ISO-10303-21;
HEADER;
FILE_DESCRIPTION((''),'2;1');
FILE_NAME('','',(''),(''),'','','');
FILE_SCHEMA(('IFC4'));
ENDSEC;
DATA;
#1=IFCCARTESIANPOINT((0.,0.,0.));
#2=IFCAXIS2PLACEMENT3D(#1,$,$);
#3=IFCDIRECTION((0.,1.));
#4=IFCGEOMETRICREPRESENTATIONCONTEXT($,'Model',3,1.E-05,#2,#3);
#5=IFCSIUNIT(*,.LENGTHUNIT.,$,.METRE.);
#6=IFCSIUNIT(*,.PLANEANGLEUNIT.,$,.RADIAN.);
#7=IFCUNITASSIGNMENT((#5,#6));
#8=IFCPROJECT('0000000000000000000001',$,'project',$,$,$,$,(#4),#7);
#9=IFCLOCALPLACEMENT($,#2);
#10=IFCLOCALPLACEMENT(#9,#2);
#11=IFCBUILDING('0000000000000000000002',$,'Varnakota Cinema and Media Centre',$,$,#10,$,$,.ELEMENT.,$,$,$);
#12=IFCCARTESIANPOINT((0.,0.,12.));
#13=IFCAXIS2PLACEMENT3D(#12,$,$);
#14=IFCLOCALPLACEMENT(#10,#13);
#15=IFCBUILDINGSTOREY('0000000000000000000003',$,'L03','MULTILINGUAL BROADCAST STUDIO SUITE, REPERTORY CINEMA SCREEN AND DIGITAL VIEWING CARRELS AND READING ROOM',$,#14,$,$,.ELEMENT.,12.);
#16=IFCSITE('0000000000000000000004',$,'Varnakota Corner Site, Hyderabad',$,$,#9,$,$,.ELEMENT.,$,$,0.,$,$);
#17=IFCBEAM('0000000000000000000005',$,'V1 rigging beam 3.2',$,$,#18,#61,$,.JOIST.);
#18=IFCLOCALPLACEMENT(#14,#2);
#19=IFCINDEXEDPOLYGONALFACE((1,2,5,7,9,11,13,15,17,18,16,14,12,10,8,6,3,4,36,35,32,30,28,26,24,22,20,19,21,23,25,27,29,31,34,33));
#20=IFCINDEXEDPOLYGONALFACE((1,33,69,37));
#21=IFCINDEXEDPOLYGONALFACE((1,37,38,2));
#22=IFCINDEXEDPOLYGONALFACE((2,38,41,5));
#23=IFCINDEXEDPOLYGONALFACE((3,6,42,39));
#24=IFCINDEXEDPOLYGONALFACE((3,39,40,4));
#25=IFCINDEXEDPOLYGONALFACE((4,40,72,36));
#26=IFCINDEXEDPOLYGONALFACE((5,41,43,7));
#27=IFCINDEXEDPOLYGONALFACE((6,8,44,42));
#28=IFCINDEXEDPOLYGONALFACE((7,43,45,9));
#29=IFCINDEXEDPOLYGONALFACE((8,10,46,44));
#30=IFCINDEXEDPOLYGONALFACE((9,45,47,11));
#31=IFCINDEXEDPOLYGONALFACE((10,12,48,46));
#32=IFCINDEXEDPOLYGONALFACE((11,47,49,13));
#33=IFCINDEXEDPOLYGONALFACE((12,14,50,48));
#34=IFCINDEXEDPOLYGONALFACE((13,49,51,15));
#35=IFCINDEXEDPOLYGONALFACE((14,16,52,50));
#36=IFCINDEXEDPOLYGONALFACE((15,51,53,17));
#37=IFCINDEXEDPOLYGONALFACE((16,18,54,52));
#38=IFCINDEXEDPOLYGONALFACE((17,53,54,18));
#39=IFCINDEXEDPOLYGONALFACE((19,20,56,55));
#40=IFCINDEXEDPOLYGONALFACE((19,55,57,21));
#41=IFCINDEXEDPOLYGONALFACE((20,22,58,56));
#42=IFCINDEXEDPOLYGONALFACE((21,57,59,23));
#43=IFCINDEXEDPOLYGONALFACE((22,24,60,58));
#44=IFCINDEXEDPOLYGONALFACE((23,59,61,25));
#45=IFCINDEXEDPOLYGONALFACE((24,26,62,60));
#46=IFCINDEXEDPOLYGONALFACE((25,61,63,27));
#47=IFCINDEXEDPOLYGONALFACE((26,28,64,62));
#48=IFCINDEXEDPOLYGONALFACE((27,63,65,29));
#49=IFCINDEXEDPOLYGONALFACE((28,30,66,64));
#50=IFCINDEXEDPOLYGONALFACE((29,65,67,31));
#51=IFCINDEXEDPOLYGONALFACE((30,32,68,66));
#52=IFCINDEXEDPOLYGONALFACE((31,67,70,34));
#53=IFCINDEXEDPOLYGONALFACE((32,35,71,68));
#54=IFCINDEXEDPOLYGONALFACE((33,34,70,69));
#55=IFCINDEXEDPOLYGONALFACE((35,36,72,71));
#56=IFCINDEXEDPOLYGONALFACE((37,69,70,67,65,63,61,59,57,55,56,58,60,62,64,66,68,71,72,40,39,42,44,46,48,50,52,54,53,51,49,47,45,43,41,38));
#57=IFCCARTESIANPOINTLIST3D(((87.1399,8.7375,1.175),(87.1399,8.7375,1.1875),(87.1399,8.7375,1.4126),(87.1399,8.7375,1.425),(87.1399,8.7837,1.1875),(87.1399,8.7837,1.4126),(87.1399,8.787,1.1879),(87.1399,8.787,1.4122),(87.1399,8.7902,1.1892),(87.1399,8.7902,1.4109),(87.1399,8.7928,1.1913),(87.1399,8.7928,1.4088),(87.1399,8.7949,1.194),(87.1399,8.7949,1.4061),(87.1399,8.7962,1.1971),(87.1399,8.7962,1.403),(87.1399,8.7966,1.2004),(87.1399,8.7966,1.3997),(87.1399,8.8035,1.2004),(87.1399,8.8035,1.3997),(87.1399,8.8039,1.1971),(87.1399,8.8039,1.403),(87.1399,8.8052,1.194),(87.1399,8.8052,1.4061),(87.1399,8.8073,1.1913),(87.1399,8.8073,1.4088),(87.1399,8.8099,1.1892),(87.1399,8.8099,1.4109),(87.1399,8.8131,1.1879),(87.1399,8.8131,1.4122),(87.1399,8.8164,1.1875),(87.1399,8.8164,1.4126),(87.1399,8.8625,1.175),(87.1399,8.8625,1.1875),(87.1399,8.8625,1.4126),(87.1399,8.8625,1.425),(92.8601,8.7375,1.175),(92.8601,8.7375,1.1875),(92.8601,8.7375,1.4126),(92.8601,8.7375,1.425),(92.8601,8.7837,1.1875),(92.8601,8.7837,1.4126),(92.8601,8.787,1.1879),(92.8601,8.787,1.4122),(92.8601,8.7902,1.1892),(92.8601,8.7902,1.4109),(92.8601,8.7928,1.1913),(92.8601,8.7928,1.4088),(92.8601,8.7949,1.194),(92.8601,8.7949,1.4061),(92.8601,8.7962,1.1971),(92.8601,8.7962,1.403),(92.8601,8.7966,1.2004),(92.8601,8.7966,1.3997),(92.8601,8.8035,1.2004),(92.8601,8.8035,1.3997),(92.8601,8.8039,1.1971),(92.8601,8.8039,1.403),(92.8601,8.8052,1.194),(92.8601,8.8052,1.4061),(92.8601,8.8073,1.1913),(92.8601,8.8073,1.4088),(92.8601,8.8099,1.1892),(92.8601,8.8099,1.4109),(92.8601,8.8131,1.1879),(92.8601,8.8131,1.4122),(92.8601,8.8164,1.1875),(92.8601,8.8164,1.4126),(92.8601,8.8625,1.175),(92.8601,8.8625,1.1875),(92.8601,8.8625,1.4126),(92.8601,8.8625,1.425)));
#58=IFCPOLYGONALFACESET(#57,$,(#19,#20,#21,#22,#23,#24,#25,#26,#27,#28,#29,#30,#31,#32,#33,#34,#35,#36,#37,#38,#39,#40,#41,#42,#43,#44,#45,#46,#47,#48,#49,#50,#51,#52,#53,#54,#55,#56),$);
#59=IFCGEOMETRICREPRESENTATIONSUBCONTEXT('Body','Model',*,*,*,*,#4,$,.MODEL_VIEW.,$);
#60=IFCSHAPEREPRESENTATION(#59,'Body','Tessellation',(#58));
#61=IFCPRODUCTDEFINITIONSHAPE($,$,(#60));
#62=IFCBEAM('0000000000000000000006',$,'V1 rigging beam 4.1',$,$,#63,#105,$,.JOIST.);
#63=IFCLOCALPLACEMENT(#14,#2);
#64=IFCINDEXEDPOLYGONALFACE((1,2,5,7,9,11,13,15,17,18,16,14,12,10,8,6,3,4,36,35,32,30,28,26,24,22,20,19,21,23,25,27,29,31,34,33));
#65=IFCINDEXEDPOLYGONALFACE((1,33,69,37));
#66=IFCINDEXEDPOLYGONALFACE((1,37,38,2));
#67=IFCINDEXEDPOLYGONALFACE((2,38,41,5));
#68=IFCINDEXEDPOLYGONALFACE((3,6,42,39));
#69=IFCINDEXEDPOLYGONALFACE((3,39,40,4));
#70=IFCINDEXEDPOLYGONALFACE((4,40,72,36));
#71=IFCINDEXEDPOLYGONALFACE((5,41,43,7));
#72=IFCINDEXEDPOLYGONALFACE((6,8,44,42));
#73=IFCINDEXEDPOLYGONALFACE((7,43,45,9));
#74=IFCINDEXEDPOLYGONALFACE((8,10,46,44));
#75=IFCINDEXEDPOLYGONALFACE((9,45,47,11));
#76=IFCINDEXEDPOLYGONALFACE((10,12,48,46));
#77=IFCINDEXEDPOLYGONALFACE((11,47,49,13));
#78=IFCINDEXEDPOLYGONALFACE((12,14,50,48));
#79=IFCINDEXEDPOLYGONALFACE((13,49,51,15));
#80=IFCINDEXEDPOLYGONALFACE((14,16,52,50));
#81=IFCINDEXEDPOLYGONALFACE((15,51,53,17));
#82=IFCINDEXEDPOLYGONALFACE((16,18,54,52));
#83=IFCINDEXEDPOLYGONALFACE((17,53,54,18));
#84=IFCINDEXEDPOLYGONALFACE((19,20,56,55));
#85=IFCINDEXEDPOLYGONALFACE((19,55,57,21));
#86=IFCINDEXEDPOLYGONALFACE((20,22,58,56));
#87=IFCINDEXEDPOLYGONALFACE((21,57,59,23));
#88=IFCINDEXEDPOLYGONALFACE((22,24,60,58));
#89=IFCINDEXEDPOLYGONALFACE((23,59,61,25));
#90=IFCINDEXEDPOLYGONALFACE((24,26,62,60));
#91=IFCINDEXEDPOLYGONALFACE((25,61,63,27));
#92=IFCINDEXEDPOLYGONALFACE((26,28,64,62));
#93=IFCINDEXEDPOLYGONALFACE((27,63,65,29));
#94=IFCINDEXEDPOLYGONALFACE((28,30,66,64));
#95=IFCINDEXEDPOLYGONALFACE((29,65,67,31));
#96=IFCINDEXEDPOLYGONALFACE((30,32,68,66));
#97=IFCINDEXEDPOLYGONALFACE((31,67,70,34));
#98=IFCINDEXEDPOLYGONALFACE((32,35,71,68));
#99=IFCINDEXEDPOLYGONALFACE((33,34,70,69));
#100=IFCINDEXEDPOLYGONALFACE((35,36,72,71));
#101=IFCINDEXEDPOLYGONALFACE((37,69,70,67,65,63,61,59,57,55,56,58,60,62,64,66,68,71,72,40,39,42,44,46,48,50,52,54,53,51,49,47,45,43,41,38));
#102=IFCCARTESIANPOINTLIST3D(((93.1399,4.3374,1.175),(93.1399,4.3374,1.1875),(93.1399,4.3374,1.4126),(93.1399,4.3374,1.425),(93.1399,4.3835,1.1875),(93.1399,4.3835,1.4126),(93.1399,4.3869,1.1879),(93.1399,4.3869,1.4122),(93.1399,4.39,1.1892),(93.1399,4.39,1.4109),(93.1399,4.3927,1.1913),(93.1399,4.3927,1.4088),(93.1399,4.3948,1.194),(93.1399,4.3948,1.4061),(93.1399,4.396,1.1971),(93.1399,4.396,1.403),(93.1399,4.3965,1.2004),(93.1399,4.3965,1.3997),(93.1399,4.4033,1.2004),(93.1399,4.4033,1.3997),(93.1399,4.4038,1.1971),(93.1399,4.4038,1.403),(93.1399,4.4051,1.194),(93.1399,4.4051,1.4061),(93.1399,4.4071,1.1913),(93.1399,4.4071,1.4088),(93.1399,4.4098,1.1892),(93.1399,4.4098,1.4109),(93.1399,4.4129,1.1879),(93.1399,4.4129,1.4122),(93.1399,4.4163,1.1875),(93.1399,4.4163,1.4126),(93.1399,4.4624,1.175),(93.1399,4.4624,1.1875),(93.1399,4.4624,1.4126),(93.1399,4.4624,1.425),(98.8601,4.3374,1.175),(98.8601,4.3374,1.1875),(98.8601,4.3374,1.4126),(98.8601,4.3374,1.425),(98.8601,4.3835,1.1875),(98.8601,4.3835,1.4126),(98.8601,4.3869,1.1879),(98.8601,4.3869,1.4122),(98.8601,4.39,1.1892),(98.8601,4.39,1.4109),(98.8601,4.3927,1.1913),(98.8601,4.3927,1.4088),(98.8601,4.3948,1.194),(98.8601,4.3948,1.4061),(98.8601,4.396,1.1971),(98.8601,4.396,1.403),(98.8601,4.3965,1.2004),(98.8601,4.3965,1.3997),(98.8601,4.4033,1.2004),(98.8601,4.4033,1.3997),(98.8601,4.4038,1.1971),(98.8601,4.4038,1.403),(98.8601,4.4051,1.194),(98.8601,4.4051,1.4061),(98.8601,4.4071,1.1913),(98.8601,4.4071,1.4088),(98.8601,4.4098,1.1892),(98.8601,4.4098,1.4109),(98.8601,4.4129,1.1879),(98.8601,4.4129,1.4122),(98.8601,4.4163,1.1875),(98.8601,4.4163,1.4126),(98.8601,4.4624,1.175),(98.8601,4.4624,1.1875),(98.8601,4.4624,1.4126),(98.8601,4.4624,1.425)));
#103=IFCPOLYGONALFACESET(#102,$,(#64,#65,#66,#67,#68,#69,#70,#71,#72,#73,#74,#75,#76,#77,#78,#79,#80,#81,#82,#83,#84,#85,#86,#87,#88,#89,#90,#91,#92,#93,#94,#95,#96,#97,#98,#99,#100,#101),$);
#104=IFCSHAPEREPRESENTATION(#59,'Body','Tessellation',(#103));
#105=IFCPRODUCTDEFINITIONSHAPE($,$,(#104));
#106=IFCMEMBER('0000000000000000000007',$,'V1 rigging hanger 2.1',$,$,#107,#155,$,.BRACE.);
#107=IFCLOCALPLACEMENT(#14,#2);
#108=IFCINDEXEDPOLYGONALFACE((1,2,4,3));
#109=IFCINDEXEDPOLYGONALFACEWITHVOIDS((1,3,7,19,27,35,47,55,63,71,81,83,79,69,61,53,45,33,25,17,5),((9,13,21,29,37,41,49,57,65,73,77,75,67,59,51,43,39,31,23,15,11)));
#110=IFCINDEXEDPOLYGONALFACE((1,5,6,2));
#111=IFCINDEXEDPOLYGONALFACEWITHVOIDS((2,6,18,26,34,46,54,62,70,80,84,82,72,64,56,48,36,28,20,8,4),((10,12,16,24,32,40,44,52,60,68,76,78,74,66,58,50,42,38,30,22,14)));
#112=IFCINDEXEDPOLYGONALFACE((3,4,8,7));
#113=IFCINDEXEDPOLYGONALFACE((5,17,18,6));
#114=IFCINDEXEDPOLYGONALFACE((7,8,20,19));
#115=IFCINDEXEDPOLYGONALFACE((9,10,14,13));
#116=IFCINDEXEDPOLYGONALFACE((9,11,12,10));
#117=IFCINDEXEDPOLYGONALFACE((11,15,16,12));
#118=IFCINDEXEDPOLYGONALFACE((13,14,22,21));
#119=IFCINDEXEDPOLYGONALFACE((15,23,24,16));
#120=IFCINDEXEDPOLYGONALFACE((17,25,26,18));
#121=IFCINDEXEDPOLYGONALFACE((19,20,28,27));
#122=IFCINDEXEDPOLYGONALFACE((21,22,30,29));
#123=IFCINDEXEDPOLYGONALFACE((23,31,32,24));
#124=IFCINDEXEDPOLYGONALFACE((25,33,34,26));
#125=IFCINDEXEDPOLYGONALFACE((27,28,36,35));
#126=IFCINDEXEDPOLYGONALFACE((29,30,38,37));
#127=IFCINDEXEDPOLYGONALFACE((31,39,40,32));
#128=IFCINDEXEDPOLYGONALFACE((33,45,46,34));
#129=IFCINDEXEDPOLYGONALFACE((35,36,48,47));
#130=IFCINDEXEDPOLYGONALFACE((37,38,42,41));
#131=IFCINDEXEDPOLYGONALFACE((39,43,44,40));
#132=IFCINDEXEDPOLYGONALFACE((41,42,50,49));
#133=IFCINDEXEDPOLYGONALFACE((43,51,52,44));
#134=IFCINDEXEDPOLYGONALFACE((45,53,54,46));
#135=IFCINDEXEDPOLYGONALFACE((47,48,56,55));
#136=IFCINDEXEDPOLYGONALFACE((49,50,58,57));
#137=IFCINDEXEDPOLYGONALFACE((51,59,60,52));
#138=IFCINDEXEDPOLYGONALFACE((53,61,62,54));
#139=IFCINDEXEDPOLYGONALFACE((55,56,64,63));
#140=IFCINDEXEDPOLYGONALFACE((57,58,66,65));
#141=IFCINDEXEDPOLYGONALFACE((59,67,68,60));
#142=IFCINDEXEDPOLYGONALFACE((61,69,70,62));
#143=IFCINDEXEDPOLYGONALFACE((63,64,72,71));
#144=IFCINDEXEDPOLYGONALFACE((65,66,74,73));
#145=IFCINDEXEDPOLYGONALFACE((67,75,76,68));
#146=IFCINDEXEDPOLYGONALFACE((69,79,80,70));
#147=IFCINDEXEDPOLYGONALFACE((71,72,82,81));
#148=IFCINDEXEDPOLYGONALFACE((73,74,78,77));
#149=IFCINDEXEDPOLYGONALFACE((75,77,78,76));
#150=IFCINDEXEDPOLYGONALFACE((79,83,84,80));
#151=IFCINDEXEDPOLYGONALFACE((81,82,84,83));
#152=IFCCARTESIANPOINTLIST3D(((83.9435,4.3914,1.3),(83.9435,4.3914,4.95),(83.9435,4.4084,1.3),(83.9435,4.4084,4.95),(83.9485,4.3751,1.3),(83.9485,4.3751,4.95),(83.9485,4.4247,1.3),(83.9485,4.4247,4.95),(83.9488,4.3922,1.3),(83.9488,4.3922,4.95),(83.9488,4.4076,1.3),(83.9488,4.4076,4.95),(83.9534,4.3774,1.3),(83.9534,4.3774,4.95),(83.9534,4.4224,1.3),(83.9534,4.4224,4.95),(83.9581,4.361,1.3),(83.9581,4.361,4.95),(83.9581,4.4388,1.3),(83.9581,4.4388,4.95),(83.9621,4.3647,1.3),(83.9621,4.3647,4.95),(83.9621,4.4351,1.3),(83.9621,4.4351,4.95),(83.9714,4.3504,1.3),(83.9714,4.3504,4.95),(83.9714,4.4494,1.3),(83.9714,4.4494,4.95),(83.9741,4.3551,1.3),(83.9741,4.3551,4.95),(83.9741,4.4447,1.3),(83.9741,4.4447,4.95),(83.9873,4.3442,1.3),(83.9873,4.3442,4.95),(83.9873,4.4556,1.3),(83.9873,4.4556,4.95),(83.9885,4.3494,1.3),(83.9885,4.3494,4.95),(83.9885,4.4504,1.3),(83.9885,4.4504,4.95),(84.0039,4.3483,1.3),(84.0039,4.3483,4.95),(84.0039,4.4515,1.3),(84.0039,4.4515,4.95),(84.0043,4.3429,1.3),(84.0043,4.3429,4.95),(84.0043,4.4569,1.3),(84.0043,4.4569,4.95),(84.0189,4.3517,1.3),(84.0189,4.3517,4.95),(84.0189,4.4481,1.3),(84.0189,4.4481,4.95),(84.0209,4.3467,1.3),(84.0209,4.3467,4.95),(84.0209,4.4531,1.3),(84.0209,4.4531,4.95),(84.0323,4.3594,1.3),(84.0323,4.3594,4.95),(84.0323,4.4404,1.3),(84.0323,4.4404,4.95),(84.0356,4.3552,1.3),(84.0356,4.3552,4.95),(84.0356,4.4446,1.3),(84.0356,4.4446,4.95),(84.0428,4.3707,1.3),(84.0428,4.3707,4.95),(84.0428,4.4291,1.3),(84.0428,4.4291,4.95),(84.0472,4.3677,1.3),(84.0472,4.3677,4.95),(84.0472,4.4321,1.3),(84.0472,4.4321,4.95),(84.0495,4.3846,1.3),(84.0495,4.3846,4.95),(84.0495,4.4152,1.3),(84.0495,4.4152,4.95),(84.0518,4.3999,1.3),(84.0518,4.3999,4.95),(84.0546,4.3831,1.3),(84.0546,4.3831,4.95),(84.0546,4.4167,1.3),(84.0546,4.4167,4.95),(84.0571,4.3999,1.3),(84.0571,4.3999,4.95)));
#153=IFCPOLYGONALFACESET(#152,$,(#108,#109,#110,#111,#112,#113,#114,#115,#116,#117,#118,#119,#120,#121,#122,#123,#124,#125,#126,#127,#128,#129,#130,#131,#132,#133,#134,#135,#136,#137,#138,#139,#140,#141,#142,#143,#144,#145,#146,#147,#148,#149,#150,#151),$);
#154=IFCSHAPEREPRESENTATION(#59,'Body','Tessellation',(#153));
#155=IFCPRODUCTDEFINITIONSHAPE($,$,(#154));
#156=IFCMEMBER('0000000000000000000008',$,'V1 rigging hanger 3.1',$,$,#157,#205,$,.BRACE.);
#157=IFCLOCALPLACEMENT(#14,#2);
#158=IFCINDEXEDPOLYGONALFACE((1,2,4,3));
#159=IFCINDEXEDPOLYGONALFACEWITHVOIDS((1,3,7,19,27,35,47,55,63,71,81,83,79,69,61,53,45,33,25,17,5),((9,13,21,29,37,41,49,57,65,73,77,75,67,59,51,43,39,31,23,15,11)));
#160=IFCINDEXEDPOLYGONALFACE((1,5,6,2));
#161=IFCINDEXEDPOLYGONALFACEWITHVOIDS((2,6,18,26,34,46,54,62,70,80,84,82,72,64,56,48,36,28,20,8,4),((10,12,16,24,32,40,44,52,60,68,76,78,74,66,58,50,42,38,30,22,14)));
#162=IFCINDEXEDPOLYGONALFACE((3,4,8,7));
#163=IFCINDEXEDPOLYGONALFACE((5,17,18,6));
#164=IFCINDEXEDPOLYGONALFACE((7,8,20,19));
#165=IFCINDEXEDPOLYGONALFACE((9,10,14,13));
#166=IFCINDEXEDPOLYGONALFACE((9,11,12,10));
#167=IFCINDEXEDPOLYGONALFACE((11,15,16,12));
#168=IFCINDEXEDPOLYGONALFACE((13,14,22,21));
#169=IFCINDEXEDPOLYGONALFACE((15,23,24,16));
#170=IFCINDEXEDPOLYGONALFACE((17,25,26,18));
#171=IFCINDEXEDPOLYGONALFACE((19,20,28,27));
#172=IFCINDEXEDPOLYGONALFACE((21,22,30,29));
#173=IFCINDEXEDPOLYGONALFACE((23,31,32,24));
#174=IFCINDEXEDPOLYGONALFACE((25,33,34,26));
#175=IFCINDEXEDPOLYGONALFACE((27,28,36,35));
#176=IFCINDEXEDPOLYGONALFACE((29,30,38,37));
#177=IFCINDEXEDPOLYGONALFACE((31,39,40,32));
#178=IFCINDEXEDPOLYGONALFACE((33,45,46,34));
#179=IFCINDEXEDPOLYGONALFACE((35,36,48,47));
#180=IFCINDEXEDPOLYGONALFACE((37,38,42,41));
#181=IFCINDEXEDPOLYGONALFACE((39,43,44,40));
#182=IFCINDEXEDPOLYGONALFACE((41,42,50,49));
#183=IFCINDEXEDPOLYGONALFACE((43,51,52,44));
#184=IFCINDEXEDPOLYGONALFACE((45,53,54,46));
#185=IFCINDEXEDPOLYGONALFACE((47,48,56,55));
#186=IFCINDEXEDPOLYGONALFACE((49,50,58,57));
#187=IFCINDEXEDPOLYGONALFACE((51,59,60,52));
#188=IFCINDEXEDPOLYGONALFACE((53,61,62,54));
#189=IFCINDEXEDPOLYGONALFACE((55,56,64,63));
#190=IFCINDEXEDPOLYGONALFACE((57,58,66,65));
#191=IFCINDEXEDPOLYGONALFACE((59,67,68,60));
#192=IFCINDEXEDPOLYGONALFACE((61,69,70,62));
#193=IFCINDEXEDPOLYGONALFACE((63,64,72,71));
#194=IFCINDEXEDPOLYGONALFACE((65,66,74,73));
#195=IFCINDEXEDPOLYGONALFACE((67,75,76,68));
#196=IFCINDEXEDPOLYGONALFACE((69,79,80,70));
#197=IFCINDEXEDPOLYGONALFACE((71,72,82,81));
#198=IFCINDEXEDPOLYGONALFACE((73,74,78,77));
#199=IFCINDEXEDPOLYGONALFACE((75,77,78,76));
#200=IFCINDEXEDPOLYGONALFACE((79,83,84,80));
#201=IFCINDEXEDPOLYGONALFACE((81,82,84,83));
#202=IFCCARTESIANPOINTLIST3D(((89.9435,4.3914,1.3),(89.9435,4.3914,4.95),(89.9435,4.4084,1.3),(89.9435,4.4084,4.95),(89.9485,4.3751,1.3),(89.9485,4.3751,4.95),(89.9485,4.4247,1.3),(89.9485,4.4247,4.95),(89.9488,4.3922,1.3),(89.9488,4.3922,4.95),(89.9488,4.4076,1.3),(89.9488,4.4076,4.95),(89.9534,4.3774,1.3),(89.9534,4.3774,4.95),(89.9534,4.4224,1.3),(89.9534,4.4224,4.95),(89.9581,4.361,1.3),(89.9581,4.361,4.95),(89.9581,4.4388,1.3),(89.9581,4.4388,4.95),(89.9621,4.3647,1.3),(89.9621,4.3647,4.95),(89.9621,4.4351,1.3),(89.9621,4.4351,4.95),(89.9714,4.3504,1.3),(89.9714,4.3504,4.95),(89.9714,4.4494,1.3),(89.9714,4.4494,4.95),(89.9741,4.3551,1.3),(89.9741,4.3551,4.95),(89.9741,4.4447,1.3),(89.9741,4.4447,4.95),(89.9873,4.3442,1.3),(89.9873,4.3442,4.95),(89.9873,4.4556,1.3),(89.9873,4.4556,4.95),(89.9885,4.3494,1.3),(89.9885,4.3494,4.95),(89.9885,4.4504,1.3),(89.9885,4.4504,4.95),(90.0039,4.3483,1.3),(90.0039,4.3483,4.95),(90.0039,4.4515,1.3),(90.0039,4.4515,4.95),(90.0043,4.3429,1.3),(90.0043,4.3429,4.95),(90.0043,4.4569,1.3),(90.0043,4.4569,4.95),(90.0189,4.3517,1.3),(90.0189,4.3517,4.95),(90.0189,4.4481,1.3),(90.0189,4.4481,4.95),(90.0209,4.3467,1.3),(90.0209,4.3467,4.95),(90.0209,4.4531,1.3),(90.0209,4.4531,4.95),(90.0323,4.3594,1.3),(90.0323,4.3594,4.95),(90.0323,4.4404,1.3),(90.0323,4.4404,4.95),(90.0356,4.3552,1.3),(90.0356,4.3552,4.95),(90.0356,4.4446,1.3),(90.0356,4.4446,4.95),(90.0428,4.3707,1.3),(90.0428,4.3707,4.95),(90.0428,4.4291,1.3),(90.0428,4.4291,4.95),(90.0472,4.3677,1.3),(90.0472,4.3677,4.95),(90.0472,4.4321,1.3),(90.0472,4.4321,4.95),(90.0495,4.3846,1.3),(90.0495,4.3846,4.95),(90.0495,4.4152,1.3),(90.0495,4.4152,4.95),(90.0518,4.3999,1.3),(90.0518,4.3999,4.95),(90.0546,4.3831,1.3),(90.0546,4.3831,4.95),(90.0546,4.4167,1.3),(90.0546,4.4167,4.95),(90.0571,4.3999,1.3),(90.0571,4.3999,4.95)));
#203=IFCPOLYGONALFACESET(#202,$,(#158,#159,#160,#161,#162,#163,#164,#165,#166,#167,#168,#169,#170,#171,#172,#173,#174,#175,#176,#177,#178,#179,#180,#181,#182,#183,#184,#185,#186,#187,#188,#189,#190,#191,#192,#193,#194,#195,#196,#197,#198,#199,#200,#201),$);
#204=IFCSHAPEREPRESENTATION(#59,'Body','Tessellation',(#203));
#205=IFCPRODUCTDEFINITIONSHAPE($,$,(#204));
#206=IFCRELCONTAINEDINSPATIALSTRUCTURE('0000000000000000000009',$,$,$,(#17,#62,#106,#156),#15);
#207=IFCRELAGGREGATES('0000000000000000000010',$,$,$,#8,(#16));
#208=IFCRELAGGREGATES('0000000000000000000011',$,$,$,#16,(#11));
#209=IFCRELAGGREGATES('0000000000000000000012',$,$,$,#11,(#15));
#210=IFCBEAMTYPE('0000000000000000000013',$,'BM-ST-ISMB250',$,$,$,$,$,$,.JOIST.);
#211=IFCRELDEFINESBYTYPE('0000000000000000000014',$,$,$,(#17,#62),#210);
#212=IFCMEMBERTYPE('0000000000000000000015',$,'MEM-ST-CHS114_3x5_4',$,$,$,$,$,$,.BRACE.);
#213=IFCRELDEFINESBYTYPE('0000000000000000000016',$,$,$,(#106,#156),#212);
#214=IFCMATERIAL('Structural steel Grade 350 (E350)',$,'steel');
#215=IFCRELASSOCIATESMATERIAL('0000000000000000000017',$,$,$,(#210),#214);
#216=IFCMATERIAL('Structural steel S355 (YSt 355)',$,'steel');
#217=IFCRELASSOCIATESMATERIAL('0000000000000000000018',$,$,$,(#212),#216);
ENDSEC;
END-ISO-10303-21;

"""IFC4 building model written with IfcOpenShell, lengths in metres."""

from ifc_helpers import new_model, si_unit, direction, frame, origin, origin_2d, place, context, subcontext, project, spatial, hollow_circle, i_section, extrude, material, material_profile, profile_set, type_object, element, save


model = new_model("IFC4")

# Units and contexts
model_context = context("Model", 3, precision=1e-05, world=origin(), true_north=direction((0.0, 1.0)))
body_context = subcontext(model_context, "Body", "Model", "MODEL_VIEW")
ifc_project = project(units=[si_unit("LENGTHUNIT", "METRE"), si_unit("PLANEANGLEUNIT", "RADIAN")], contexts=[model_context])

# Site, building, storey
site_placement = place(None, origin())
site = spatial("IfcSite", under=ifc_project, at=site_placement, Name="Varnakota Corner Site, Hyderabad", CompositionType="ELEMENT", RefElevation=0.0)
building_placement = place(site_placement, origin())
building = spatial("IfcBuilding", under=site, at=building_placement, Name="Varnakota Cinema and Media Centre", CompositionType="ELEMENT")
storey_placement = place(building_placement, frame((0.0, 0.0, 12.0)))
storey = spatial("IfcBuildingStorey", under=building, at=storey_placement, Name="L03", Description="MULTILINGUAL BROADCAST STUDIO SUITE, REPERTORY CINEMA SCREEN AND DIGITAL VIEWING CARRELS AND READING ROOM", CompositionType="ELEMENT", Elevation=12.0)

# Beams
ifc_material_1 = material(Name="Structural steel Grade 350 (E350)", Category="steel")
ifc_material_profile_1 = material_profile(ifc_material_1, i_section(OverallWidth=0.125, OverallDepth=0.25, WebThickness=0.0068, FlangeThickness=0.0125, FilletRadius=0.0129, at=origin_2d()), Name="ISMB 250")
ifc_profile_set_1 = profile_set([ifc_material_profile_1], Name="Structural steel Grade 350 (E350)")
beam_type_1 = type_object("IfcBeamType", Name="BM-ST-ISMB250", PredefinedType="JOIST", material=ifc_profile_set_1)
for number, where, z_axis, x_axis, name in (
    (1, (87.1399, 8.8, 1.3), (1.0, 0.0, 0.0), (0.0, 1.0, 0.0), "V1 rigging beam 3.2"),
    (2, (93.1399, 4.3999, 1.3), (1.0, 0.0, 0.0), (0.0, 1.0, 0.0), "V1 rigging beam 4.1"),
):
    element("IfcBeam", number, at=place(storey_placement, frame(where, z_axis=z_axis, x_axis=x_axis)), inside=storey, type_object=beam_type_1, Name=name, PredefinedType="JOIST", context=body_context, shape_type="SweptSolid", body=[
        extrude(i_section(OverallWidth=0.125, OverallDepth=0.25, WebThickness=0.0068, FlangeThickness=0.0125, FilletRadius=0.0129, at=origin_2d()), origin(), (0.0, 0.0, 1.0), 5.7202),
    ])

# Members
ifc_material_2 = material(Name="Structural steel S355 (YSt 355)", Category="steel")
ifc_material_profile_2 = material_profile(ifc_material_2, hollow_circle(Radius=0.0571, WallThickness=0.0054, at=origin_2d()), Name="CHS 114.3x5.4")
ifc_profile_set_2 = profile_set([ifc_material_profile_2], Name="Structural steel S355 (YSt 355)")
member_type_1 = type_object("IfcMemberType", Name="MEM-ST-CHS114_3x5_4", PredefinedType="BRACE", material=ifc_profile_set_2)
for number, where, z_axis, x_axis, name in (
    (3, (84.0, 4.3999, 1.3), (0.0, 0.0, 1.0), (1.0, 0.0, 0.0), "V1 rigging hanger 2.1"),
    (4, (90.0, 4.3999, 1.3), (0.0, 0.0, 1.0), (1.0, 0.0, 0.0), "V1 rigging hanger 3.1"),
):
    element("IfcMember", number, at=place(storey_placement, frame(where, z_axis=z_axis, x_axis=x_axis)), inside=storey, type_object=member_type_1, Name=name, PredefinedType="BRACE", context=body_context, shape_type="SweptSolid", body=[
        extrude(hollow_circle(Radius=0.0571, WallThickness=0.0054, at=origin_2d()), origin(), (0.0, 0.0, 1.0), 3.6499),
    ])

save(model, "model.ifc")
